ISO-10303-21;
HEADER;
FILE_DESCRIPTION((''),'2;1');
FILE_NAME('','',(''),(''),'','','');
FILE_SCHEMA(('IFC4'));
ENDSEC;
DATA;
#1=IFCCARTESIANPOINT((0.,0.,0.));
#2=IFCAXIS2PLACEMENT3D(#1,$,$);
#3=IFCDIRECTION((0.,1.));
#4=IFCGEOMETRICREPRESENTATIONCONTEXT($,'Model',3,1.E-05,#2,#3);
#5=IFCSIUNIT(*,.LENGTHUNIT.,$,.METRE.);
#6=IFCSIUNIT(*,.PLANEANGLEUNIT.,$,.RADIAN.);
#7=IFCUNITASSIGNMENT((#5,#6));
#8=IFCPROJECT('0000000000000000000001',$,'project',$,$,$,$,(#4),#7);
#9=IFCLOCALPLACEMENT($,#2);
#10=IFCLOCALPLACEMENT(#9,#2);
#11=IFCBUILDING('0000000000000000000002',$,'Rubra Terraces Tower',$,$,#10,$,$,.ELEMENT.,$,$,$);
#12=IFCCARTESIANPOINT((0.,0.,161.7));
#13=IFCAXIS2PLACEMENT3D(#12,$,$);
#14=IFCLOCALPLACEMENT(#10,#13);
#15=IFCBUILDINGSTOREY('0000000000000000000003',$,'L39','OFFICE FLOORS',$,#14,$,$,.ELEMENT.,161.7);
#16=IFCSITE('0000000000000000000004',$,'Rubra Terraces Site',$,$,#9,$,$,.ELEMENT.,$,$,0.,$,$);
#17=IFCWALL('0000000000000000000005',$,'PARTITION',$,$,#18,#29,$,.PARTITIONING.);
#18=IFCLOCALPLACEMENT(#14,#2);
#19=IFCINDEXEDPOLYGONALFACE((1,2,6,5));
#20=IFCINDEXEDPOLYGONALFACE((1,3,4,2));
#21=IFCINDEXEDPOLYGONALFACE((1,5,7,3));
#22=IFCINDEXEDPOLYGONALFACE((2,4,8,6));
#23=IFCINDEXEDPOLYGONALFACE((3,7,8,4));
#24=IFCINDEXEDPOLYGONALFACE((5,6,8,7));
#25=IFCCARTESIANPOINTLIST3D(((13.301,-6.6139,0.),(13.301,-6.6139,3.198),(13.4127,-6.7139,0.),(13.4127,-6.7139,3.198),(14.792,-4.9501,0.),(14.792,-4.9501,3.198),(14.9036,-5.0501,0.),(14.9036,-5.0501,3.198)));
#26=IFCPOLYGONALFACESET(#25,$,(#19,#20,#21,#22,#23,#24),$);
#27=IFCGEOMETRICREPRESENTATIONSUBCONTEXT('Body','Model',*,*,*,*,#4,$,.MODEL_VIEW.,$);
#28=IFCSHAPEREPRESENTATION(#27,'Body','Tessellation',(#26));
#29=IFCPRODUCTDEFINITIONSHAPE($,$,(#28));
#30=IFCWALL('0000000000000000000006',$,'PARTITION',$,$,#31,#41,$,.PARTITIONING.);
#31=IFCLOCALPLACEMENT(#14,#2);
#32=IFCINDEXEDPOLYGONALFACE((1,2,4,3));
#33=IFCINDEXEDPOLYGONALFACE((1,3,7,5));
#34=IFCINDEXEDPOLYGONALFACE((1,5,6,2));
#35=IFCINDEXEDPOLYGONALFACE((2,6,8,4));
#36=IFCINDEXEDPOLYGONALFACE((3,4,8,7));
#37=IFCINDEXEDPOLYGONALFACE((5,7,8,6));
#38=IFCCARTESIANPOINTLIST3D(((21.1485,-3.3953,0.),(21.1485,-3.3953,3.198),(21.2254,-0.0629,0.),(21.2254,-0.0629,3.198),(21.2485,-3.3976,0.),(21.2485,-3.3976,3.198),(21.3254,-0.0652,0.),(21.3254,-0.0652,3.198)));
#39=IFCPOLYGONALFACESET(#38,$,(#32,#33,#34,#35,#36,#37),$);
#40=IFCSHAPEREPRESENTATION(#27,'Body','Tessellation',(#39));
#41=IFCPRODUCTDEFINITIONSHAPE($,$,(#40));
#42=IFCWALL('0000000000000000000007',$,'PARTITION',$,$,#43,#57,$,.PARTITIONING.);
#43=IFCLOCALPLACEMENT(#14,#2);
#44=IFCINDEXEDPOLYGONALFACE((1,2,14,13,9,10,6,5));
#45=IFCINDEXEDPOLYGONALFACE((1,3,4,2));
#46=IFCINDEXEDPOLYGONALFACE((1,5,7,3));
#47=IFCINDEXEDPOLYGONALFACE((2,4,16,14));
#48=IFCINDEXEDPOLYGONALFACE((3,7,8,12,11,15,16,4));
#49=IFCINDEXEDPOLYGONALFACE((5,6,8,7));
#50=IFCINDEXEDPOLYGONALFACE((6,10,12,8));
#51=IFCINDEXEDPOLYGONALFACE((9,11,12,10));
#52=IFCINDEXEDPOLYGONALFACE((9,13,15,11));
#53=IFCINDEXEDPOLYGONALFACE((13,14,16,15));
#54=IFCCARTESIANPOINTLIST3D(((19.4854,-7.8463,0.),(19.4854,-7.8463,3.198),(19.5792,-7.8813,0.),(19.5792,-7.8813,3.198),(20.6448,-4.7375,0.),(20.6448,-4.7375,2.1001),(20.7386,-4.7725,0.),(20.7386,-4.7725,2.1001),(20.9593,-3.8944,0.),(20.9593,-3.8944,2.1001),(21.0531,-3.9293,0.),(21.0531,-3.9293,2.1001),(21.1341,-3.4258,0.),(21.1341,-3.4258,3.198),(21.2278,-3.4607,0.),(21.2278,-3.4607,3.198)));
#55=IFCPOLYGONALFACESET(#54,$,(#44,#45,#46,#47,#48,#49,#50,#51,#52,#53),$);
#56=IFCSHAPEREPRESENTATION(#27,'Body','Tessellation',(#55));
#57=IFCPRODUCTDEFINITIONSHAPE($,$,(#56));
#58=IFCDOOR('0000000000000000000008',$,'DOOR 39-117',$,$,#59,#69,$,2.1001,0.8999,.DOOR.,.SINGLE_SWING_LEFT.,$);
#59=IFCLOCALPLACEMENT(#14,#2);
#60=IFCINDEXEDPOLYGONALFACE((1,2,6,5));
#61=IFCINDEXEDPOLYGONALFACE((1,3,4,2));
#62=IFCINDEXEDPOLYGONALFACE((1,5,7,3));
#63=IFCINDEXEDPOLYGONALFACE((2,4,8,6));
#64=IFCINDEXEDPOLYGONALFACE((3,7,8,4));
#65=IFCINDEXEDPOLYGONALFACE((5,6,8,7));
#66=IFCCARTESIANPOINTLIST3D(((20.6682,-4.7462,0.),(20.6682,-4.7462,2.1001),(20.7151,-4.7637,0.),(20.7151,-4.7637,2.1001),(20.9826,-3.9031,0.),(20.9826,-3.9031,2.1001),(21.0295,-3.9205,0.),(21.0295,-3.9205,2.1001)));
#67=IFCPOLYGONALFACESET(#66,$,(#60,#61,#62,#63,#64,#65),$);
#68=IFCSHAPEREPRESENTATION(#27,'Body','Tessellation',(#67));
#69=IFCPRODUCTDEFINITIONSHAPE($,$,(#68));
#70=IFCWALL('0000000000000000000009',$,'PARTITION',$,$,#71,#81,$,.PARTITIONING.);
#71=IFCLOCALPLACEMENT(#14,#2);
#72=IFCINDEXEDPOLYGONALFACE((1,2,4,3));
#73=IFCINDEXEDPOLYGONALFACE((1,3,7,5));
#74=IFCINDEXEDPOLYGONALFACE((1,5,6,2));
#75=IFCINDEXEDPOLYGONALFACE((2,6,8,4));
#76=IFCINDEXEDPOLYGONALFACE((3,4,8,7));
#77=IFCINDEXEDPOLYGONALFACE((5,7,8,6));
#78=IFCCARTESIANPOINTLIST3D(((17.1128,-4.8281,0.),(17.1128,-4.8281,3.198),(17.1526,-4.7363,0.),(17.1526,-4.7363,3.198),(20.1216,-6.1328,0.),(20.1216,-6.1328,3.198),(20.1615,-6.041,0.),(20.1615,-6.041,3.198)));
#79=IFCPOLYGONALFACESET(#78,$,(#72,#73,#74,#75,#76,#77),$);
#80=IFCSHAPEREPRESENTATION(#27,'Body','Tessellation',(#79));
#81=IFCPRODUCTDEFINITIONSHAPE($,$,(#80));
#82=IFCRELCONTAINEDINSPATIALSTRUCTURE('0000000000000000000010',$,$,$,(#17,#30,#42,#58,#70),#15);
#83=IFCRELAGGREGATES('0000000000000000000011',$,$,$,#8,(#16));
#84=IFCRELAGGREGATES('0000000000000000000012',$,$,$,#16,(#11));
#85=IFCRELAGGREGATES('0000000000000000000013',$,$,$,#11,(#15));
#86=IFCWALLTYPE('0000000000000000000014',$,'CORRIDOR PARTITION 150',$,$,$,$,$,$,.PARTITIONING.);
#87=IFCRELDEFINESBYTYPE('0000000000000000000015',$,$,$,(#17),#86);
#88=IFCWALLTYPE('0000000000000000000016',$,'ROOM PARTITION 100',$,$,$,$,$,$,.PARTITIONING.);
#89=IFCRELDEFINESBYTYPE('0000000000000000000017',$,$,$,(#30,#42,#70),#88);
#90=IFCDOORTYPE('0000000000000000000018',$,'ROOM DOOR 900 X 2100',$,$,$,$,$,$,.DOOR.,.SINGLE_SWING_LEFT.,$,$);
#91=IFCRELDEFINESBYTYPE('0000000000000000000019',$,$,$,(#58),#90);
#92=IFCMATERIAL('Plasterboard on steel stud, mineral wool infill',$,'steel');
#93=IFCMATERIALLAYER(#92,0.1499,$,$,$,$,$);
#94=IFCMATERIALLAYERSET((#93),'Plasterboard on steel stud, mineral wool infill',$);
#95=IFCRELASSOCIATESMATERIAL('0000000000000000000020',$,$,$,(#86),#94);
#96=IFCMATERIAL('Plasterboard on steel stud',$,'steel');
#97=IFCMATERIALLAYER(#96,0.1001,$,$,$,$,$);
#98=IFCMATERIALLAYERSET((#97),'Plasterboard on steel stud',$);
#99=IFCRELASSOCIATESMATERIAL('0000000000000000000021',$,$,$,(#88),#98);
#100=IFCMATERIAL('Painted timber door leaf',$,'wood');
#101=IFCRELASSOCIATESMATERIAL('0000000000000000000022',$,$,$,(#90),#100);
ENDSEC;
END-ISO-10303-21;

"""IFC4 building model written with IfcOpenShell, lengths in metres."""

from ifc_helpers import new_model, si_unit, direction, frame, frame_2d, origin, place, context, subcontext, project, spatial, rectangle, extrude, material, layer, layer_set, type_object, element, fill, save


model = new_model("IFC4")

# Units and contexts
model_context = context("Model", 3, precision=1e-05, world=origin(), true_north=direction((0.0, 1.0)))
body_context = subcontext(model_context, "Body", "Model", "MODEL_VIEW")
ifc_project = project(units=[si_unit("LENGTHUNIT", "METRE"), si_unit("PLANEANGLEUNIT", "RADIAN")], contexts=[model_context])

# Site, building, storey
site_placement = place(None, origin())
site = spatial("IfcSite", under=ifc_project, at=site_placement, Name="Rubra Terraces Site", CompositionType="ELEMENT", RefElevation=0.0)
building_placement = place(site_placement, origin())
building = spatial("IfcBuilding", under=site, at=building_placement, Name="Rubra Terraces Tower", CompositionType="ELEMENT")
storey_placement = place(building_placement, frame((0.0, 0.0, 161.7)))
storey = spatial("IfcBuildingStorey", under=building, at=storey_placement, Name="L39", Description="OFFICE FLOORS", CompositionType="ELEMENT", Elevation=161.7)

# Shared definitions
ifc_material_1 = material(Name="Plasterboard on steel stud, mineral wool infill", Category="steel")
ifc_layer_1 = layer(ifc_material_1, 0.1499)
ifc_layer_set_1 = layer_set([ifc_layer_1], Name="Plasterboard on steel stud, mineral wool infill")
wall_type_1 = type_object("IfcWallType", Name="CORRIDOR PARTITION 150", PredefinedType="PARTITIONING", material=ifc_layer_set_1)

# Shared definitions
ifc_material_2 = material(Name="Painted timber door leaf", Category="wood")

# Walls
wall_1_placement = place(storey_placement, frame((14.8479, -5.0, 0.0), z_axis=(0.0, 0.0, 1.0), x_axis=(-0.667363, -0.744732, 0.0)))
element("IfcWall", 1, at=wall_1_placement, inside=storey, type_object=wall_type_1, Name="PARTITION", PredefinedType="PARTITIONING", context=body_context, shape_type="SweptSolid", body=[
    extrude(rectangle(XDim=2.2341, YDim=0.1499, at=frame_2d((1.1172, 0.0))), origin(), (0.0, 0.0, 1.0), 3.198),
])
ifc_material_3 = material(Name="Plasterboard on steel stud", Category="steel")
ifc_layer_2 = layer(ifc_material_3, 0.1001)
ifc_layer_set_2 = layer_set([ifc_layer_2], Name="Plasterboard on steel stud")
wall_type_2 = type_object("IfcWallType", Name="ROOM PARTITION 100", PredefinedType="PARTITIONING", material=ifc_layer_set_2)
wall_2_placement = place(storey_placement, frame((21.2754, -0.0642, 0.0), z_axis=(0.0, 0.0, 1.0), x_axis=(-0.023072, -0.999734, 0.0)))
element("IfcWall", 2, at=wall_2_placement, inside=storey, type_object=wall_type_2, Name="PARTITION", PredefinedType="PARTITIONING", context=body_context, shape_type="SweptSolid", body=[
    extrude(rectangle(XDim=3.3333, YDim=0.1001, at=frame_2d((1.6665, 0.0))), origin(), (0.0, 0.0, 1.0), 3.198),
])

# Wall, opening, door
wall_3_placement = place(storey_placement, frame((21.1809, -3.4434, 0.0), z_axis=(0.0, 0.0, 1.0), x_axis=(-0.349439, -0.936959, 0.0)))
wall_3 = element("IfcWall", 3, at=wall_3_placement, inside=storey, type_object=wall_type_2, Name="PARTITION", PredefinedType="PARTITIONING", context=body_context, shape_type="SweptSolid", body=[
    extrude(rectangle(XDim=4.718, YDim=0.1001, at=frame_2d((2.3589, 0.0))), origin(), (0.0, 0.0, 1.0), 3.198),
])
opening_1_placement = place(wall_3_placement, frame((0.5, 0.0, 0.0)))
opening_1 = element("IfcOpeningElement", 4, at=opening_1_placement, cuts=wall_3, PredefinedType="OPENING", context=body_context, shape_type="SweptSolid", body=[
    extrude(rectangle(XDim=0.8999, YDim=2.1001, at=frame_2d((0.45, 1.05))), frame((0.0, 0.0601, 0.0), z_axis=(0.0, -1.0, 0.0), x_axis=(1.0, 0.0, 0.0)), (0.0, 0.0, 1.0), 0.1201),
])
door_type_1 = type_object("IfcDoorType", Name="ROOM DOOR 900 X 2100", OperationType="SINGLE_SWING_LEFT", PredefinedType="DOOR", material=ifc_material_2)
door_1_placement = place(opening_1_placement, origin())
door_1 = element("IfcDoor", 5, at=door_1_placement, inside=storey, type_object=door_type_1, Name="DOOR 39-117", OperationType="SINGLE_SWING_LEFT", OverallHeight=2.1001, OverallWidth=0.8999, PredefinedType="DOOR", context=body_context, shape_type="SweptSolid", body=[
    extrude(rectangle(XDim=0.8999, YDim=2.1001, at=frame_2d((0.45, 1.05))), frame((0.0, 0.0249, 0.0), z_axis=(0.0, -1.0, 0.0), x_axis=(1.0, 0.0, 0.0)), (0.0, 0.0, 1.0), 0.05),
])
fill(opening_1, door_1)

# Wall
wall_4_placement = place(storey_placement, frame((17.1328, -4.7822, 0.0), z_axis=(0.0, 0.0, 1.0), x_axis=(0.917458, -0.397833, 0.0)))
element("IfcWall", 6, at=wall_4_placement, inside=storey, type_object=wall_type_2, Name="PARTITION", PredefinedType="PARTITIONING", context=body_context, shape_type="SweptSolid", body=[
    extrude(rectangle(XDim=3.2795, YDim=0.1001, at=frame_2d((1.6396, 0.0))), origin(), (0.0, 0.0, 1.0), 3.198),
])

save(model, "model.ifc")
